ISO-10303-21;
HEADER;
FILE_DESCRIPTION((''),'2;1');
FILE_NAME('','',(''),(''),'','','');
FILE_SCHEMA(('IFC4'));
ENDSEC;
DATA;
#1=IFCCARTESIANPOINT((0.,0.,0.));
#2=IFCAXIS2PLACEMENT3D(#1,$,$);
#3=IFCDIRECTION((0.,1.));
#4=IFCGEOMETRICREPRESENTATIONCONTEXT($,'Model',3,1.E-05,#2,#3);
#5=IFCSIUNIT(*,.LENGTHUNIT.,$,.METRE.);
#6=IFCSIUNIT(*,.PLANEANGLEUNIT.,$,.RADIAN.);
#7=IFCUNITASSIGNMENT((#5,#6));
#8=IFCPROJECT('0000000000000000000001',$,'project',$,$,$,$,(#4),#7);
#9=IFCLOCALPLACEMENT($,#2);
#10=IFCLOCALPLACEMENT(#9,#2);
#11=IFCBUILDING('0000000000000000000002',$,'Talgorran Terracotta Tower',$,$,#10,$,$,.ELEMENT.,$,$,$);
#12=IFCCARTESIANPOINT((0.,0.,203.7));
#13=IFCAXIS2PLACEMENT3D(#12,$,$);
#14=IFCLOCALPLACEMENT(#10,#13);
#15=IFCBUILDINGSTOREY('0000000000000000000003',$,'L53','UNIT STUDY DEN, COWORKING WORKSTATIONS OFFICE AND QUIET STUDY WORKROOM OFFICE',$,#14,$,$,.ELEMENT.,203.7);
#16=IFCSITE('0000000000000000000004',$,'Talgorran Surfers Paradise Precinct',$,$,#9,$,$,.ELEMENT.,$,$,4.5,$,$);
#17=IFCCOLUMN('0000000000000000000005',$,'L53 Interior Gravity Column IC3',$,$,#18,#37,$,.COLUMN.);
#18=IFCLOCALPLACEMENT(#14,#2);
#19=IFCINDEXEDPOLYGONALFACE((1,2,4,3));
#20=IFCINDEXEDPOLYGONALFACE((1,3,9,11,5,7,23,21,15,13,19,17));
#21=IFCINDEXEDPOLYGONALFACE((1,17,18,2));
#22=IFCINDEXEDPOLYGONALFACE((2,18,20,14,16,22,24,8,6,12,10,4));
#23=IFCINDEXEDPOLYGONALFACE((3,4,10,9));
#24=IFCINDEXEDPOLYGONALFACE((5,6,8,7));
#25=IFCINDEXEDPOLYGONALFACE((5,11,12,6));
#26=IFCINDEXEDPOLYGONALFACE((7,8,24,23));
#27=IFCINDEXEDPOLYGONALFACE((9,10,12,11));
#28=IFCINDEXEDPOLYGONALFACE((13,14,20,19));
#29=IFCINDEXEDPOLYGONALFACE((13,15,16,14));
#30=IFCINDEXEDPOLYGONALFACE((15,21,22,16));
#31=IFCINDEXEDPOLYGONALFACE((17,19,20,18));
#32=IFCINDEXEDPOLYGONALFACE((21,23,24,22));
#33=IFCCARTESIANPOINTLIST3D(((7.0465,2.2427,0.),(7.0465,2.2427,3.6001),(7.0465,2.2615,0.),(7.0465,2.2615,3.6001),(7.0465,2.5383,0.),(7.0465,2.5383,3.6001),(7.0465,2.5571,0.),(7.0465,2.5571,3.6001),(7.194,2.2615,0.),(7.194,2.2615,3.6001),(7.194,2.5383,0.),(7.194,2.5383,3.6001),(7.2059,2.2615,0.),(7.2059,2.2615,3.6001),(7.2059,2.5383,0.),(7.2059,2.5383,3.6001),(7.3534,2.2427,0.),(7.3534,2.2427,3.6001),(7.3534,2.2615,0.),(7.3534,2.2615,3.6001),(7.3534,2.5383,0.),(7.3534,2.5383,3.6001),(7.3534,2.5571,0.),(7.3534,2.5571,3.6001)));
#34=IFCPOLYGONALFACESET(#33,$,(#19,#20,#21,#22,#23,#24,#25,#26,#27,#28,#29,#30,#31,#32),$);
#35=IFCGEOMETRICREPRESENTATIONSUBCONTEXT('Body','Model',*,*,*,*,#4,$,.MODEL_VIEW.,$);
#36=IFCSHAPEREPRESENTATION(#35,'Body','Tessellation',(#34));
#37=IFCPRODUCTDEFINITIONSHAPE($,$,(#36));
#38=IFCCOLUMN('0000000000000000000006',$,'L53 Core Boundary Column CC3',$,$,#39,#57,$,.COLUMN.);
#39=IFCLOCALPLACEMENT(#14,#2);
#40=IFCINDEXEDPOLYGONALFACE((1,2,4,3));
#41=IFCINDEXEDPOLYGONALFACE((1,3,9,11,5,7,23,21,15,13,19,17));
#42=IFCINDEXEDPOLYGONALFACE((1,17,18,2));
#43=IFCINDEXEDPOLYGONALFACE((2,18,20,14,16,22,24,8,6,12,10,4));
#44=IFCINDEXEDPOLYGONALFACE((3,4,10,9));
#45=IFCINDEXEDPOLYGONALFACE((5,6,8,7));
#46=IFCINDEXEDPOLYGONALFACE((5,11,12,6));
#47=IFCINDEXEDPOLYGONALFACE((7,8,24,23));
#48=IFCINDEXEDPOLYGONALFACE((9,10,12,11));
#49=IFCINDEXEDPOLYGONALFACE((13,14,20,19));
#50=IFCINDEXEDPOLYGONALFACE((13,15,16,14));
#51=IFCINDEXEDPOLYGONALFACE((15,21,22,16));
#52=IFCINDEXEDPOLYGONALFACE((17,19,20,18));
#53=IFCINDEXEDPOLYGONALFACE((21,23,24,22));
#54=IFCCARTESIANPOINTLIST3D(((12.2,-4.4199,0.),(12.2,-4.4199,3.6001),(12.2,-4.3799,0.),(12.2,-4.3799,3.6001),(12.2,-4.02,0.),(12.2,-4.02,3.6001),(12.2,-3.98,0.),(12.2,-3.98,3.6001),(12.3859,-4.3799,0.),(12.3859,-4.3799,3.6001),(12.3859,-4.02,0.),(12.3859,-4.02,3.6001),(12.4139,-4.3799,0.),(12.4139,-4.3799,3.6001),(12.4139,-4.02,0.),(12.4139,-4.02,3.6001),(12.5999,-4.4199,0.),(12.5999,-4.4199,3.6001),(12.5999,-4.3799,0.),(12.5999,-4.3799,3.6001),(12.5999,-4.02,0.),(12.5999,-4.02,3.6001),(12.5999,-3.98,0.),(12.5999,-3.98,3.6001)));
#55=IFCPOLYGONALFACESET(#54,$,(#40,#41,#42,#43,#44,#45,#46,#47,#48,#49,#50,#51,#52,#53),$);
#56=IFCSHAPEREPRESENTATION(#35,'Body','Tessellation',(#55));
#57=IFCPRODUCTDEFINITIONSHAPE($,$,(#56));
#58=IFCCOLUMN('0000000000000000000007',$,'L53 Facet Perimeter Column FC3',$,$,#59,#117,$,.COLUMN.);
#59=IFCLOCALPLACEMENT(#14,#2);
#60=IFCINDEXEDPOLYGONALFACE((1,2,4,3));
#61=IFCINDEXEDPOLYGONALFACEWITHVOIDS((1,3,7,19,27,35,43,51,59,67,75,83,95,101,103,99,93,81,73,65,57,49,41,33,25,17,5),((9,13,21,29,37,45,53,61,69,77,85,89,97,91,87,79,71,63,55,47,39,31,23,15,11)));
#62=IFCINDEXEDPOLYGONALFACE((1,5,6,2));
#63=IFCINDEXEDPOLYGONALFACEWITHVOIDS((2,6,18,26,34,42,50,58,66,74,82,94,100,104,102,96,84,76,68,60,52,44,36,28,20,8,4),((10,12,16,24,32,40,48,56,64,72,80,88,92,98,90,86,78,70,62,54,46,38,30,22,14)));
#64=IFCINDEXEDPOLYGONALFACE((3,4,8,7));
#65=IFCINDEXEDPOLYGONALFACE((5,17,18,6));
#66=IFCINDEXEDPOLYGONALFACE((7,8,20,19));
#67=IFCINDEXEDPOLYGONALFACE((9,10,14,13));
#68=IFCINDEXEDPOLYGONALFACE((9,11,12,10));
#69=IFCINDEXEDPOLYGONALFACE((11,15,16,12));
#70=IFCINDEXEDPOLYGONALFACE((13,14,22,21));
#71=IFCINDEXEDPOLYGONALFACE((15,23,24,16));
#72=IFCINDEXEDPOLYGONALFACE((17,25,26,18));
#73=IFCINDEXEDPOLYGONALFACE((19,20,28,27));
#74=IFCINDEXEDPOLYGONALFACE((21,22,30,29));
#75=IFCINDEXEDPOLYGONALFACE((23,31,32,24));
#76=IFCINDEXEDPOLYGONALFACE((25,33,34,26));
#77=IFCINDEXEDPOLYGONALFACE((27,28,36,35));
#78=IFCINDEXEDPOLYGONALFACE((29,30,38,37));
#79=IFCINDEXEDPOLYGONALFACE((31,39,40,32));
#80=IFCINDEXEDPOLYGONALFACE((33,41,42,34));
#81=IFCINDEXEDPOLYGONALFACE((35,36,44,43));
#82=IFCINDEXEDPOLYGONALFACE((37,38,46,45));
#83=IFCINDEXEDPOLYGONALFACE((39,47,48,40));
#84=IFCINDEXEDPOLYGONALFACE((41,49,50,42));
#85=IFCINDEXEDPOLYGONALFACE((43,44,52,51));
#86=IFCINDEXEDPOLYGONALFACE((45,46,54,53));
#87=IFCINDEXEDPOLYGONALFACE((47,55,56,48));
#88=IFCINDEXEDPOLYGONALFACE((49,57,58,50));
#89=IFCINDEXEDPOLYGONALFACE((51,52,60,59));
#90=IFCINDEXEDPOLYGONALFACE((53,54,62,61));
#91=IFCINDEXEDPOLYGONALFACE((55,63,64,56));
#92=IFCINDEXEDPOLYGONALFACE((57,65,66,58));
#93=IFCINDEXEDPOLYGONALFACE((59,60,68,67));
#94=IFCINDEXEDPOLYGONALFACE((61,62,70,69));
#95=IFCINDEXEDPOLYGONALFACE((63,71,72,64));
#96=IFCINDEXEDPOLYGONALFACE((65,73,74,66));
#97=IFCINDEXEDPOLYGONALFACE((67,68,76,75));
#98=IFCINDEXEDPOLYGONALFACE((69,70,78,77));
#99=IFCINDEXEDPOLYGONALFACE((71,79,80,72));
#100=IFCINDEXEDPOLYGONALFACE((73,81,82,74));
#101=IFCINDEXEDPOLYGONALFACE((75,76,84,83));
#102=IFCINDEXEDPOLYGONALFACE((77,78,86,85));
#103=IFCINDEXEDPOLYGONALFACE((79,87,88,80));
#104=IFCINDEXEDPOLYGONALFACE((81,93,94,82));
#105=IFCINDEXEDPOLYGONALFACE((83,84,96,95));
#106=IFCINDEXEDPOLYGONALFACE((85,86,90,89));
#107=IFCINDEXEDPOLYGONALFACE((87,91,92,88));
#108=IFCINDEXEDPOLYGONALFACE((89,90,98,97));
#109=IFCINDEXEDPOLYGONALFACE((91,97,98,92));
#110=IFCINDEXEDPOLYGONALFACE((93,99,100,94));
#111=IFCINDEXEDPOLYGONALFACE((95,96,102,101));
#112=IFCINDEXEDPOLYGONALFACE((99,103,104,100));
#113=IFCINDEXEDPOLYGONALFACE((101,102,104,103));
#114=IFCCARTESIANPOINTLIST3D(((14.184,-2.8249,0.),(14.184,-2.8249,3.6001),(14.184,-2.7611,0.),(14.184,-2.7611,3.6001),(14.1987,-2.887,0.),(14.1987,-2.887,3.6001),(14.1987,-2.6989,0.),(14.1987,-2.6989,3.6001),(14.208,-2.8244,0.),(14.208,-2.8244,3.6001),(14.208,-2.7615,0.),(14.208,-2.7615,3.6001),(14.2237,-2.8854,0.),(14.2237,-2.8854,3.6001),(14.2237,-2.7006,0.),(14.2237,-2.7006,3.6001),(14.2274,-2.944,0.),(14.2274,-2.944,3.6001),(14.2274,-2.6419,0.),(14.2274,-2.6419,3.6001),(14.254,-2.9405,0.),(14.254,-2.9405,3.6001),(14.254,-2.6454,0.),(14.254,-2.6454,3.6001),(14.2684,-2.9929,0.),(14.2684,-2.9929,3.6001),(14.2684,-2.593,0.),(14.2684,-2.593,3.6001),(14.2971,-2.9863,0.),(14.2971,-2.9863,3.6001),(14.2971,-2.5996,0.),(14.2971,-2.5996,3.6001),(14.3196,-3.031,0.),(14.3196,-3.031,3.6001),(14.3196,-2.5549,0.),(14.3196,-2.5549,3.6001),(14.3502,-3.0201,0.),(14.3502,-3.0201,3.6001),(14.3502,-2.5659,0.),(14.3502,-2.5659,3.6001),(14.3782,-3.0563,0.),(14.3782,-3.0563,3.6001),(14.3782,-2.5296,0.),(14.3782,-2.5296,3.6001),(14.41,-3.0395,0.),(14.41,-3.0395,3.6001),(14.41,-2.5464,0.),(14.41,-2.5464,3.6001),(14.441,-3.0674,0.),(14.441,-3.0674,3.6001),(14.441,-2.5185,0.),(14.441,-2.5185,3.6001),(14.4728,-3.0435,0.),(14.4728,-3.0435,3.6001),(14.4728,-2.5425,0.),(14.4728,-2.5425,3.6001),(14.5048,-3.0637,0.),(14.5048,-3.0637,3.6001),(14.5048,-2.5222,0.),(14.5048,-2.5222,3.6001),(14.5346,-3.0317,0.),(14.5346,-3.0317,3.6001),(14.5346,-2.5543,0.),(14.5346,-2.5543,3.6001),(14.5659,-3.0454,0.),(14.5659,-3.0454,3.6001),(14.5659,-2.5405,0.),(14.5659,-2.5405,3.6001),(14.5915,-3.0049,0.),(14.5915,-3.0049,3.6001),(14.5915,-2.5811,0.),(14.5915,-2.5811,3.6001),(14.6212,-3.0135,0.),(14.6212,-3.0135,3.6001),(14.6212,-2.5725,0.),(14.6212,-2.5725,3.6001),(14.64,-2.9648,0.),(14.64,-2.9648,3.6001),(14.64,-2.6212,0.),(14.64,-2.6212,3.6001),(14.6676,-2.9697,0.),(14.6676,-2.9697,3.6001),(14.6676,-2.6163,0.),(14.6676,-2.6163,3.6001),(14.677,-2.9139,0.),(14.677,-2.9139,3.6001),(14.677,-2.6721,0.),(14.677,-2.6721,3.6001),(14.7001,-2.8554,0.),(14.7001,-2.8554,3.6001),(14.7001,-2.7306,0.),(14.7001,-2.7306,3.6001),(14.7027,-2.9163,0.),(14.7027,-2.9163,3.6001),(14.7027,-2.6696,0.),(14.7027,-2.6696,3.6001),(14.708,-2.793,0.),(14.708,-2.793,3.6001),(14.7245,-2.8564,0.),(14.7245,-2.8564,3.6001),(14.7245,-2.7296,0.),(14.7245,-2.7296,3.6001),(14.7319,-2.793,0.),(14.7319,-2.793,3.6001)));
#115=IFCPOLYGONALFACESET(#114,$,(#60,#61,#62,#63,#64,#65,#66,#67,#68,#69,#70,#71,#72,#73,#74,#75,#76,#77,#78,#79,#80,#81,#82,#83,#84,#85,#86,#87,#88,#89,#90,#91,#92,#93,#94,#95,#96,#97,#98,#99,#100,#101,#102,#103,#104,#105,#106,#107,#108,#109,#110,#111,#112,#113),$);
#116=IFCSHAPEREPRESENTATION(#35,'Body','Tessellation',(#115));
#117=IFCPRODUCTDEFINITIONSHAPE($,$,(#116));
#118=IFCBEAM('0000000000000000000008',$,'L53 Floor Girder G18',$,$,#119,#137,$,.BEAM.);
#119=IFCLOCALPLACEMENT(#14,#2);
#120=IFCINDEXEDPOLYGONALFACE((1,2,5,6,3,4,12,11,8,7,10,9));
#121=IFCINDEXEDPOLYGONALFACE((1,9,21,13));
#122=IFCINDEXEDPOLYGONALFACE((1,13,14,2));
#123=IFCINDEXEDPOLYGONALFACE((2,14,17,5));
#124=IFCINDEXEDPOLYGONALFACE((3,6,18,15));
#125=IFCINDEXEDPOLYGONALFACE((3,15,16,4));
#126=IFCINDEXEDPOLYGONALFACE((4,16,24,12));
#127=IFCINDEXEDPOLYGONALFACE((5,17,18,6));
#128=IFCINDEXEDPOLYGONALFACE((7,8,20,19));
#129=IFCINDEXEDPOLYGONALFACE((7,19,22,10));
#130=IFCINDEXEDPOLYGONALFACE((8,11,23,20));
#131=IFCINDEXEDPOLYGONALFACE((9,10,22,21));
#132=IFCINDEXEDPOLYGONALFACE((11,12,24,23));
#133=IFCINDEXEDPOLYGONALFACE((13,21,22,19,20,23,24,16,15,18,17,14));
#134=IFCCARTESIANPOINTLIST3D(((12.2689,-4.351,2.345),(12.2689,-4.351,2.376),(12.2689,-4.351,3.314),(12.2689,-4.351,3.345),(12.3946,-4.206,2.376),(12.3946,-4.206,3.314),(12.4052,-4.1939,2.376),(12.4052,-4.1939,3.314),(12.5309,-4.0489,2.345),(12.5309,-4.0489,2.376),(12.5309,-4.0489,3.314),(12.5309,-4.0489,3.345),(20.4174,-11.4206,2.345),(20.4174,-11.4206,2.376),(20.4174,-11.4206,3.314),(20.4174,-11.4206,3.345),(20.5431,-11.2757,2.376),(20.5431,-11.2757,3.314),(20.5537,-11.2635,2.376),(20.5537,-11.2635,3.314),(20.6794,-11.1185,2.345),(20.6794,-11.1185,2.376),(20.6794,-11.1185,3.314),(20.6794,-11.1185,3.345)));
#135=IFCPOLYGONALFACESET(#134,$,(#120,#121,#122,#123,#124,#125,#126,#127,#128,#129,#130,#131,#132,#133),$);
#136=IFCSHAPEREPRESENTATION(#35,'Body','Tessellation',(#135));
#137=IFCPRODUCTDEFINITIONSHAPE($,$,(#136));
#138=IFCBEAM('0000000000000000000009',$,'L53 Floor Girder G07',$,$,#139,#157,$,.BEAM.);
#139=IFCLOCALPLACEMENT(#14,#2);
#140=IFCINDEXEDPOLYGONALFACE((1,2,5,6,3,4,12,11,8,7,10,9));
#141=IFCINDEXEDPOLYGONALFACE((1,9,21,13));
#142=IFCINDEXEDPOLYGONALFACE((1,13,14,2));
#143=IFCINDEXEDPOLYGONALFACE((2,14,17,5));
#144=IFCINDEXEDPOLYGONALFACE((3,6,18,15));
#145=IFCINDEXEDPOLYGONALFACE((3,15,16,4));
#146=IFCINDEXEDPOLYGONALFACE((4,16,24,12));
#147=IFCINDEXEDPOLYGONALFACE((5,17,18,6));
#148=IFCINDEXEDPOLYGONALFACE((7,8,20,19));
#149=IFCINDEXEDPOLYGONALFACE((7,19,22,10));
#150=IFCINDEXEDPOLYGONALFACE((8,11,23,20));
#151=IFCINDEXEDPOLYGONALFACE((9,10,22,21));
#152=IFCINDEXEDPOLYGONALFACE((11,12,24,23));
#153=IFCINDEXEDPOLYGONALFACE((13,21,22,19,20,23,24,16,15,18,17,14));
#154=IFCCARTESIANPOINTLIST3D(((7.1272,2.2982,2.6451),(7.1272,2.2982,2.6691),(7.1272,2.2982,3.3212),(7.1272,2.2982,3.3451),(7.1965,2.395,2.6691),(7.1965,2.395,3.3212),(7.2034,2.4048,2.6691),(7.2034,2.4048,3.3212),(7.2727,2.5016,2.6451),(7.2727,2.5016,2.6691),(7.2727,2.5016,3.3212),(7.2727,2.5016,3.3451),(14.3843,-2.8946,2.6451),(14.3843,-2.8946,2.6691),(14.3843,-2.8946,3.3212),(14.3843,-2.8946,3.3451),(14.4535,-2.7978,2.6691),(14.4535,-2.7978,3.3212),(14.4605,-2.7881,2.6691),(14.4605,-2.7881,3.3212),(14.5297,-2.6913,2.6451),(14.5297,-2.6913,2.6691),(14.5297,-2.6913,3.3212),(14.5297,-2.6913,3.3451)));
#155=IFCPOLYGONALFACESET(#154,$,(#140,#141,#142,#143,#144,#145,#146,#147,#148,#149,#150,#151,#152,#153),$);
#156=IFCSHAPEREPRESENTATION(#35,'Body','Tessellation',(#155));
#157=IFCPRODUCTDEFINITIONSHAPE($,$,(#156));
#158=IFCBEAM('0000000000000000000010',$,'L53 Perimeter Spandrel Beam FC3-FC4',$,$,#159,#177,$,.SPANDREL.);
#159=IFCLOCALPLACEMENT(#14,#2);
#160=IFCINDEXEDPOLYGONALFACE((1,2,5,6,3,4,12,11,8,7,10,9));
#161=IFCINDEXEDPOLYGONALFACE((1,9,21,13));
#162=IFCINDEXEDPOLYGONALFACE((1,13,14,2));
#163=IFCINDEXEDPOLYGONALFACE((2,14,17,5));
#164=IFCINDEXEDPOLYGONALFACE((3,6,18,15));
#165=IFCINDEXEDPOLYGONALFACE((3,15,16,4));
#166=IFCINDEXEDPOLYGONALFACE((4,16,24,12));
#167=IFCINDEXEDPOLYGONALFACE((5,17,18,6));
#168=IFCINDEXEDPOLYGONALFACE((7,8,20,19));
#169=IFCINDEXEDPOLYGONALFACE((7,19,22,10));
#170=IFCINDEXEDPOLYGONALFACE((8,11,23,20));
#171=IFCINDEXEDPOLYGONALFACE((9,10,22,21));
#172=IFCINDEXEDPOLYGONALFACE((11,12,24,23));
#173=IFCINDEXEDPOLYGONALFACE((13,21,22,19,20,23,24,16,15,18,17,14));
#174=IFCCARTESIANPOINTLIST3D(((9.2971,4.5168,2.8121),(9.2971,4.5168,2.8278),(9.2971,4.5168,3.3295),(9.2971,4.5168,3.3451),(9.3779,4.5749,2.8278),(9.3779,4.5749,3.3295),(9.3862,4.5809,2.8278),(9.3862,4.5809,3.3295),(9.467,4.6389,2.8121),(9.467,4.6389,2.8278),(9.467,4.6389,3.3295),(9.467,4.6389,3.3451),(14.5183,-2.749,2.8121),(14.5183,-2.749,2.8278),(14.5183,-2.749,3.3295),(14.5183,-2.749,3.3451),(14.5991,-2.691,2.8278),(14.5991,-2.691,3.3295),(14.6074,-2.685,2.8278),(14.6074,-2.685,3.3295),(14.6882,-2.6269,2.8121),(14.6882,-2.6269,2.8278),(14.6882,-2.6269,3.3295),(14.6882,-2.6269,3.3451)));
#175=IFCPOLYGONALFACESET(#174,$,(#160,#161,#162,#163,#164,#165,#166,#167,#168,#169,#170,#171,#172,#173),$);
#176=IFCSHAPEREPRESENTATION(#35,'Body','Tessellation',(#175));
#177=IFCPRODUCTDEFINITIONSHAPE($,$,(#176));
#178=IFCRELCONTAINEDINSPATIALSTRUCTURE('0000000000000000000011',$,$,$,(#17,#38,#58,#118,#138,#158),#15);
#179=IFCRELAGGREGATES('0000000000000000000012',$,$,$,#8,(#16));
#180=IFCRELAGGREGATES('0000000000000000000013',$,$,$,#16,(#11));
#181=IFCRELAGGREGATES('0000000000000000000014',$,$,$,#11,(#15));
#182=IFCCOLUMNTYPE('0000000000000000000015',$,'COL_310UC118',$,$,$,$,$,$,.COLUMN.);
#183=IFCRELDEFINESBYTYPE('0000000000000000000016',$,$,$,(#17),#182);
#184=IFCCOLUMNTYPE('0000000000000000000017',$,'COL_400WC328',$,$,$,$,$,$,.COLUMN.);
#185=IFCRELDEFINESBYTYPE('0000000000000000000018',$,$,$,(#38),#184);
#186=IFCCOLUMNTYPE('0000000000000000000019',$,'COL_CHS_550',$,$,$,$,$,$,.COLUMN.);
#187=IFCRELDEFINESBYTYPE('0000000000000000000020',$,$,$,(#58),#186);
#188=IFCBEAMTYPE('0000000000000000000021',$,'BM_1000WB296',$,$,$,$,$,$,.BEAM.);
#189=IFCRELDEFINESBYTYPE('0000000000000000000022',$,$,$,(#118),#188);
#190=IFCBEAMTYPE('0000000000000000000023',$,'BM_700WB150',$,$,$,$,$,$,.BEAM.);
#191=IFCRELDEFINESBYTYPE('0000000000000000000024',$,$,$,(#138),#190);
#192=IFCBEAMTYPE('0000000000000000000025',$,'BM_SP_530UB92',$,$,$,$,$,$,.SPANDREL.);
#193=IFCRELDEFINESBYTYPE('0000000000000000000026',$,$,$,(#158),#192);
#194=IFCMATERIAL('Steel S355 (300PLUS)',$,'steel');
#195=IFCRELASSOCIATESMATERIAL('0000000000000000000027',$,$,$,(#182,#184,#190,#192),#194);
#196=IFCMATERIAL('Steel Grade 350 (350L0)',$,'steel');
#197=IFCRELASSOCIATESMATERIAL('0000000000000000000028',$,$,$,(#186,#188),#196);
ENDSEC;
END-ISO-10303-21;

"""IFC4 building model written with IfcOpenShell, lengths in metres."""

from ifc_helpers import new_model, si_unit, direction, frame, origin, origin_2d, place, context, subcontext, project, spatial, hollow_circle, i_section, extrude, material, material_profile, profile_set, type_object, element, save


model = new_model("IFC4")

# Units and contexts
model_context = context("Model", 3, precision=1e-05, world=origin(), true_north=direction((0.0, 1.0)))
body_context = subcontext(model_context, "Body", "Model", "MODEL_VIEW")
ifc_project = project(units=[si_unit("LENGTHUNIT", "METRE"), si_unit("PLANEANGLEUNIT", "RADIAN")], contexts=[model_context])

# Site, building, storey
site_placement = place(None, origin())
site = spatial("IfcSite", under=ifc_project, at=site_placement, Name="Talgorran Surfers Paradise Precinct", CompositionType="ELEMENT", RefElevation=4.5)
building_placement = place(site_placement, origin())
building = spatial("IfcBuilding", under=site, at=building_placement, Name="Talgorran Terracotta Tower", CompositionType="ELEMENT")
storey_placement = place(building_placement, frame((0.0, 0.0, 203.7)))
storey = spatial("IfcBuildingStorey", under=building, at=storey_placement, Name="L53", Description="UNIT STUDY DEN, COWORKING WORKSTATIONS OFFICE AND QUIET STUDY WORKROOM OFFICE", CompositionType="ELEMENT", Elevation=203.7)

# Columns
ifc_material_1 = material(Name="Steel S355 (300PLUS)", Category="steel")
ifc_material_profile_1 = material_profile(ifc_material_1, i_section(OverallWidth=0.3069, OverallDepth=0.3145, WebThickness=0.012, FlangeThickness=0.0188, at=origin_2d()), Name="310UC118")
ifc_profile_set_1 = profile_set([ifc_material_profile_1], Name="Steel S355 (300PLUS)")
column_type_1 = type_object("IfcColumnType", Name="COL_310UC118", PredefinedType="COLUMN", material=ifc_profile_set_1)
column_1_placement = place(storey_placement, frame((7.2, 2.3999, 0.0), z_axis=(0.0, 0.0, 1.0), x_axis=(1.0, 0.0, 0.0)))
element("IfcColumn", 1, at=column_1_placement, inside=storey, type_object=column_type_1, Name="L53 Interior Gravity Column IC3", PredefinedType="COLUMN", context=body_context, shape_type="SweptSolid", body=[
    extrude(i_section(OverallWidth=0.3069, OverallDepth=0.3145, WebThickness=0.012, FlangeThickness=0.0188, at=origin_2d()), origin(), (0.0, 0.0, 1.0), 3.6001),
])
ifc_material_profile_2 = material_profile(ifc_material_1, i_section(OverallWidth=0.3999, OverallDepth=0.4399, WebThickness=0.0281, FlangeThickness=0.04, at=origin_2d()), Name="400WC328")
ifc_profile_set_2 = profile_set([ifc_material_profile_2], Name="Steel S355 (300PLUS)")
column_type_2 = type_object("IfcColumnType", Name="COL_400WC328", PredefinedType="COLUMN", material=ifc_profile_set_2)
column_2_placement = place(storey_placement, frame((12.3999, -4.2, 0.0), z_axis=(0.0, 0.0, 1.0), x_axis=(1.0, 0.0, 0.0)))
element("IfcColumn", 2, at=column_2_placement, inside=storey, type_object=column_type_2, Name="L53 Core Boundary Column CC3", PredefinedType="COLUMN", context=body_context, shape_type="SweptSolid", body=[
    extrude(i_section(OverallWidth=0.3999, OverallDepth=0.4399, WebThickness=0.0281, FlangeThickness=0.04, at=origin_2d()), origin(), (0.0, 0.0, 1.0), 3.6001),
])
ifc_material_2 = material(Name="Steel Grade 350 (350L0)", Category="steel")
ifc_material_profile_3 = material_profile(ifc_material_2, hollow_circle(Radius=0.2749, WallThickness=0.0239, at=origin_2d()), Name="CHS550X24")
ifc_profile_set_3 = profile_set([ifc_material_profile_3], Name="Steel Grade 350 (350L0)")
column_type_3 = type_object("IfcColumnType", Name="COL_CHS_550", PredefinedType="COLUMN", material=ifc_profile_set_3)
column_3_placement = place(storey_placement, frame((14.457, -2.793, 0.0), z_axis=(0.0, 0.0, 1.0), x_axis=(1.0, 0.0, 0.0)))
element("IfcColumn", 3, at=column_3_placement, inside=storey, type_object=column_type_3, Name="L53 Facet Perimeter Column FC3", PredefinedType="COLUMN", context=body_context, shape_type="SweptSolid", body=[
    extrude(hollow_circle(Radius=0.2749, WallThickness=0.0239, at=origin_2d()), origin(), (0.0, 0.0, 1.0), 3.6001),
])

# Beams
ifc_material_profile_4 = material_profile(ifc_material_2, i_section(OverallWidth=0.3999, OverallDepth=1.0, WebThickness=0.0161, FlangeThickness=0.031, at=origin_2d()), Name="1000WB296")
ifc_profile_set_4 = profile_set([ifc_material_profile_4], Name="Steel Grade 350 (350L0)")
beam_type_1 = type_object("IfcBeamType", Name="BM_1000WB296", PredefinedType="BEAM", material=ifc_profile_set_4)
beam_1_placement = place(storey_placement, frame((12.3999, -4.2, 2.845), z_axis=(0.75534, -0.655333, 0.0), x_axis=(0.655333, 0.75534, 0.0)))
element("IfcBeam", 4, at=beam_1_placement, inside=storey, type_object=beam_type_1, Name="L53 Floor Girder G18", PredefinedType="BEAM", context=body_context, shape_type="SweptSolid", body=[
    extrude(i_section(OverallWidth=0.3999, OverallDepth=1.0, WebThickness=0.0161, FlangeThickness=0.031, at=origin_2d()), origin(), (0.0, 0.0, 1.0), 10.7878),
])
ifc_material_profile_5 = material_profile(ifc_material_1, i_section(OverallWidth=0.25, OverallDepth=0.7, WebThickness=0.012, FlangeThickness=0.0239, at=origin_2d()), Name="700WB150")
ifc_profile_set_5 = profile_set([ifc_material_profile_5], Name="Steel S355 (300PLUS)")
beam_type_2 = type_object("IfcBeamType", Name="BM_700WB150", PredefinedType="BEAM", material=ifc_profile_set_5)
beam_2_placement = place(storey_placement, frame((7.2, 2.3999, 2.9951), z_axis=(0.813243, -0.581924, 0.0), x_axis=(0.581924, 0.813243, 0.0)))
element("IfcBeam", 5, at=beam_2_placement, inside=storey, type_object=beam_type_2, Name="L53 Floor Girder G07", PredefinedType="BEAM", context=body_context, shape_type="SweptSolid", body=[
    extrude(i_section(OverallWidth=0.25, OverallDepth=0.7, WebThickness=0.012, FlangeThickness=0.0239, at=origin_2d()), origin(), (0.0, 0.0, 1.0), 8.9236),
])
ifc_material_profile_6 = material_profile(ifc_material_1, i_section(OverallWidth=0.2092, OverallDepth=0.533, WebThickness=0.0103, FlangeThickness=0.0156, at=origin_2d()), Name="530UB92.4")
ifc_profile_set_6 = profile_set([ifc_material_profile_6], Name="Steel S355 (300PLUS)")
beam_type_3 = type_object("IfcBeamType", Name="BM_SP_530UB92", PredefinedType="SPANDREL", material=ifc_profile_set_6)
beam_3_placement = place(storey_placement, frame((14.6033, -2.688, 3.0786), z_axis=(-0.583551, 0.812076, 0.0), x_axis=(-0.812076, -0.583551, 0.0)))
element("IfcBeam", 6, at=beam_3_placement, inside=storey, type_object=beam_type_3, Name="L53 Perimeter Spandrel Beam FC3-FC4", PredefinedType="SPANDREL", context=body_context, shape_type="SweptSolid", body=[
    extrude(i_section(OverallWidth=0.2092, OverallDepth=0.533, WebThickness=0.0103, FlangeThickness=0.0156, at=origin_2d()), origin(), (0.0, 0.0, 1.0), 8.9473),
])

save(model, "model.ifc")
